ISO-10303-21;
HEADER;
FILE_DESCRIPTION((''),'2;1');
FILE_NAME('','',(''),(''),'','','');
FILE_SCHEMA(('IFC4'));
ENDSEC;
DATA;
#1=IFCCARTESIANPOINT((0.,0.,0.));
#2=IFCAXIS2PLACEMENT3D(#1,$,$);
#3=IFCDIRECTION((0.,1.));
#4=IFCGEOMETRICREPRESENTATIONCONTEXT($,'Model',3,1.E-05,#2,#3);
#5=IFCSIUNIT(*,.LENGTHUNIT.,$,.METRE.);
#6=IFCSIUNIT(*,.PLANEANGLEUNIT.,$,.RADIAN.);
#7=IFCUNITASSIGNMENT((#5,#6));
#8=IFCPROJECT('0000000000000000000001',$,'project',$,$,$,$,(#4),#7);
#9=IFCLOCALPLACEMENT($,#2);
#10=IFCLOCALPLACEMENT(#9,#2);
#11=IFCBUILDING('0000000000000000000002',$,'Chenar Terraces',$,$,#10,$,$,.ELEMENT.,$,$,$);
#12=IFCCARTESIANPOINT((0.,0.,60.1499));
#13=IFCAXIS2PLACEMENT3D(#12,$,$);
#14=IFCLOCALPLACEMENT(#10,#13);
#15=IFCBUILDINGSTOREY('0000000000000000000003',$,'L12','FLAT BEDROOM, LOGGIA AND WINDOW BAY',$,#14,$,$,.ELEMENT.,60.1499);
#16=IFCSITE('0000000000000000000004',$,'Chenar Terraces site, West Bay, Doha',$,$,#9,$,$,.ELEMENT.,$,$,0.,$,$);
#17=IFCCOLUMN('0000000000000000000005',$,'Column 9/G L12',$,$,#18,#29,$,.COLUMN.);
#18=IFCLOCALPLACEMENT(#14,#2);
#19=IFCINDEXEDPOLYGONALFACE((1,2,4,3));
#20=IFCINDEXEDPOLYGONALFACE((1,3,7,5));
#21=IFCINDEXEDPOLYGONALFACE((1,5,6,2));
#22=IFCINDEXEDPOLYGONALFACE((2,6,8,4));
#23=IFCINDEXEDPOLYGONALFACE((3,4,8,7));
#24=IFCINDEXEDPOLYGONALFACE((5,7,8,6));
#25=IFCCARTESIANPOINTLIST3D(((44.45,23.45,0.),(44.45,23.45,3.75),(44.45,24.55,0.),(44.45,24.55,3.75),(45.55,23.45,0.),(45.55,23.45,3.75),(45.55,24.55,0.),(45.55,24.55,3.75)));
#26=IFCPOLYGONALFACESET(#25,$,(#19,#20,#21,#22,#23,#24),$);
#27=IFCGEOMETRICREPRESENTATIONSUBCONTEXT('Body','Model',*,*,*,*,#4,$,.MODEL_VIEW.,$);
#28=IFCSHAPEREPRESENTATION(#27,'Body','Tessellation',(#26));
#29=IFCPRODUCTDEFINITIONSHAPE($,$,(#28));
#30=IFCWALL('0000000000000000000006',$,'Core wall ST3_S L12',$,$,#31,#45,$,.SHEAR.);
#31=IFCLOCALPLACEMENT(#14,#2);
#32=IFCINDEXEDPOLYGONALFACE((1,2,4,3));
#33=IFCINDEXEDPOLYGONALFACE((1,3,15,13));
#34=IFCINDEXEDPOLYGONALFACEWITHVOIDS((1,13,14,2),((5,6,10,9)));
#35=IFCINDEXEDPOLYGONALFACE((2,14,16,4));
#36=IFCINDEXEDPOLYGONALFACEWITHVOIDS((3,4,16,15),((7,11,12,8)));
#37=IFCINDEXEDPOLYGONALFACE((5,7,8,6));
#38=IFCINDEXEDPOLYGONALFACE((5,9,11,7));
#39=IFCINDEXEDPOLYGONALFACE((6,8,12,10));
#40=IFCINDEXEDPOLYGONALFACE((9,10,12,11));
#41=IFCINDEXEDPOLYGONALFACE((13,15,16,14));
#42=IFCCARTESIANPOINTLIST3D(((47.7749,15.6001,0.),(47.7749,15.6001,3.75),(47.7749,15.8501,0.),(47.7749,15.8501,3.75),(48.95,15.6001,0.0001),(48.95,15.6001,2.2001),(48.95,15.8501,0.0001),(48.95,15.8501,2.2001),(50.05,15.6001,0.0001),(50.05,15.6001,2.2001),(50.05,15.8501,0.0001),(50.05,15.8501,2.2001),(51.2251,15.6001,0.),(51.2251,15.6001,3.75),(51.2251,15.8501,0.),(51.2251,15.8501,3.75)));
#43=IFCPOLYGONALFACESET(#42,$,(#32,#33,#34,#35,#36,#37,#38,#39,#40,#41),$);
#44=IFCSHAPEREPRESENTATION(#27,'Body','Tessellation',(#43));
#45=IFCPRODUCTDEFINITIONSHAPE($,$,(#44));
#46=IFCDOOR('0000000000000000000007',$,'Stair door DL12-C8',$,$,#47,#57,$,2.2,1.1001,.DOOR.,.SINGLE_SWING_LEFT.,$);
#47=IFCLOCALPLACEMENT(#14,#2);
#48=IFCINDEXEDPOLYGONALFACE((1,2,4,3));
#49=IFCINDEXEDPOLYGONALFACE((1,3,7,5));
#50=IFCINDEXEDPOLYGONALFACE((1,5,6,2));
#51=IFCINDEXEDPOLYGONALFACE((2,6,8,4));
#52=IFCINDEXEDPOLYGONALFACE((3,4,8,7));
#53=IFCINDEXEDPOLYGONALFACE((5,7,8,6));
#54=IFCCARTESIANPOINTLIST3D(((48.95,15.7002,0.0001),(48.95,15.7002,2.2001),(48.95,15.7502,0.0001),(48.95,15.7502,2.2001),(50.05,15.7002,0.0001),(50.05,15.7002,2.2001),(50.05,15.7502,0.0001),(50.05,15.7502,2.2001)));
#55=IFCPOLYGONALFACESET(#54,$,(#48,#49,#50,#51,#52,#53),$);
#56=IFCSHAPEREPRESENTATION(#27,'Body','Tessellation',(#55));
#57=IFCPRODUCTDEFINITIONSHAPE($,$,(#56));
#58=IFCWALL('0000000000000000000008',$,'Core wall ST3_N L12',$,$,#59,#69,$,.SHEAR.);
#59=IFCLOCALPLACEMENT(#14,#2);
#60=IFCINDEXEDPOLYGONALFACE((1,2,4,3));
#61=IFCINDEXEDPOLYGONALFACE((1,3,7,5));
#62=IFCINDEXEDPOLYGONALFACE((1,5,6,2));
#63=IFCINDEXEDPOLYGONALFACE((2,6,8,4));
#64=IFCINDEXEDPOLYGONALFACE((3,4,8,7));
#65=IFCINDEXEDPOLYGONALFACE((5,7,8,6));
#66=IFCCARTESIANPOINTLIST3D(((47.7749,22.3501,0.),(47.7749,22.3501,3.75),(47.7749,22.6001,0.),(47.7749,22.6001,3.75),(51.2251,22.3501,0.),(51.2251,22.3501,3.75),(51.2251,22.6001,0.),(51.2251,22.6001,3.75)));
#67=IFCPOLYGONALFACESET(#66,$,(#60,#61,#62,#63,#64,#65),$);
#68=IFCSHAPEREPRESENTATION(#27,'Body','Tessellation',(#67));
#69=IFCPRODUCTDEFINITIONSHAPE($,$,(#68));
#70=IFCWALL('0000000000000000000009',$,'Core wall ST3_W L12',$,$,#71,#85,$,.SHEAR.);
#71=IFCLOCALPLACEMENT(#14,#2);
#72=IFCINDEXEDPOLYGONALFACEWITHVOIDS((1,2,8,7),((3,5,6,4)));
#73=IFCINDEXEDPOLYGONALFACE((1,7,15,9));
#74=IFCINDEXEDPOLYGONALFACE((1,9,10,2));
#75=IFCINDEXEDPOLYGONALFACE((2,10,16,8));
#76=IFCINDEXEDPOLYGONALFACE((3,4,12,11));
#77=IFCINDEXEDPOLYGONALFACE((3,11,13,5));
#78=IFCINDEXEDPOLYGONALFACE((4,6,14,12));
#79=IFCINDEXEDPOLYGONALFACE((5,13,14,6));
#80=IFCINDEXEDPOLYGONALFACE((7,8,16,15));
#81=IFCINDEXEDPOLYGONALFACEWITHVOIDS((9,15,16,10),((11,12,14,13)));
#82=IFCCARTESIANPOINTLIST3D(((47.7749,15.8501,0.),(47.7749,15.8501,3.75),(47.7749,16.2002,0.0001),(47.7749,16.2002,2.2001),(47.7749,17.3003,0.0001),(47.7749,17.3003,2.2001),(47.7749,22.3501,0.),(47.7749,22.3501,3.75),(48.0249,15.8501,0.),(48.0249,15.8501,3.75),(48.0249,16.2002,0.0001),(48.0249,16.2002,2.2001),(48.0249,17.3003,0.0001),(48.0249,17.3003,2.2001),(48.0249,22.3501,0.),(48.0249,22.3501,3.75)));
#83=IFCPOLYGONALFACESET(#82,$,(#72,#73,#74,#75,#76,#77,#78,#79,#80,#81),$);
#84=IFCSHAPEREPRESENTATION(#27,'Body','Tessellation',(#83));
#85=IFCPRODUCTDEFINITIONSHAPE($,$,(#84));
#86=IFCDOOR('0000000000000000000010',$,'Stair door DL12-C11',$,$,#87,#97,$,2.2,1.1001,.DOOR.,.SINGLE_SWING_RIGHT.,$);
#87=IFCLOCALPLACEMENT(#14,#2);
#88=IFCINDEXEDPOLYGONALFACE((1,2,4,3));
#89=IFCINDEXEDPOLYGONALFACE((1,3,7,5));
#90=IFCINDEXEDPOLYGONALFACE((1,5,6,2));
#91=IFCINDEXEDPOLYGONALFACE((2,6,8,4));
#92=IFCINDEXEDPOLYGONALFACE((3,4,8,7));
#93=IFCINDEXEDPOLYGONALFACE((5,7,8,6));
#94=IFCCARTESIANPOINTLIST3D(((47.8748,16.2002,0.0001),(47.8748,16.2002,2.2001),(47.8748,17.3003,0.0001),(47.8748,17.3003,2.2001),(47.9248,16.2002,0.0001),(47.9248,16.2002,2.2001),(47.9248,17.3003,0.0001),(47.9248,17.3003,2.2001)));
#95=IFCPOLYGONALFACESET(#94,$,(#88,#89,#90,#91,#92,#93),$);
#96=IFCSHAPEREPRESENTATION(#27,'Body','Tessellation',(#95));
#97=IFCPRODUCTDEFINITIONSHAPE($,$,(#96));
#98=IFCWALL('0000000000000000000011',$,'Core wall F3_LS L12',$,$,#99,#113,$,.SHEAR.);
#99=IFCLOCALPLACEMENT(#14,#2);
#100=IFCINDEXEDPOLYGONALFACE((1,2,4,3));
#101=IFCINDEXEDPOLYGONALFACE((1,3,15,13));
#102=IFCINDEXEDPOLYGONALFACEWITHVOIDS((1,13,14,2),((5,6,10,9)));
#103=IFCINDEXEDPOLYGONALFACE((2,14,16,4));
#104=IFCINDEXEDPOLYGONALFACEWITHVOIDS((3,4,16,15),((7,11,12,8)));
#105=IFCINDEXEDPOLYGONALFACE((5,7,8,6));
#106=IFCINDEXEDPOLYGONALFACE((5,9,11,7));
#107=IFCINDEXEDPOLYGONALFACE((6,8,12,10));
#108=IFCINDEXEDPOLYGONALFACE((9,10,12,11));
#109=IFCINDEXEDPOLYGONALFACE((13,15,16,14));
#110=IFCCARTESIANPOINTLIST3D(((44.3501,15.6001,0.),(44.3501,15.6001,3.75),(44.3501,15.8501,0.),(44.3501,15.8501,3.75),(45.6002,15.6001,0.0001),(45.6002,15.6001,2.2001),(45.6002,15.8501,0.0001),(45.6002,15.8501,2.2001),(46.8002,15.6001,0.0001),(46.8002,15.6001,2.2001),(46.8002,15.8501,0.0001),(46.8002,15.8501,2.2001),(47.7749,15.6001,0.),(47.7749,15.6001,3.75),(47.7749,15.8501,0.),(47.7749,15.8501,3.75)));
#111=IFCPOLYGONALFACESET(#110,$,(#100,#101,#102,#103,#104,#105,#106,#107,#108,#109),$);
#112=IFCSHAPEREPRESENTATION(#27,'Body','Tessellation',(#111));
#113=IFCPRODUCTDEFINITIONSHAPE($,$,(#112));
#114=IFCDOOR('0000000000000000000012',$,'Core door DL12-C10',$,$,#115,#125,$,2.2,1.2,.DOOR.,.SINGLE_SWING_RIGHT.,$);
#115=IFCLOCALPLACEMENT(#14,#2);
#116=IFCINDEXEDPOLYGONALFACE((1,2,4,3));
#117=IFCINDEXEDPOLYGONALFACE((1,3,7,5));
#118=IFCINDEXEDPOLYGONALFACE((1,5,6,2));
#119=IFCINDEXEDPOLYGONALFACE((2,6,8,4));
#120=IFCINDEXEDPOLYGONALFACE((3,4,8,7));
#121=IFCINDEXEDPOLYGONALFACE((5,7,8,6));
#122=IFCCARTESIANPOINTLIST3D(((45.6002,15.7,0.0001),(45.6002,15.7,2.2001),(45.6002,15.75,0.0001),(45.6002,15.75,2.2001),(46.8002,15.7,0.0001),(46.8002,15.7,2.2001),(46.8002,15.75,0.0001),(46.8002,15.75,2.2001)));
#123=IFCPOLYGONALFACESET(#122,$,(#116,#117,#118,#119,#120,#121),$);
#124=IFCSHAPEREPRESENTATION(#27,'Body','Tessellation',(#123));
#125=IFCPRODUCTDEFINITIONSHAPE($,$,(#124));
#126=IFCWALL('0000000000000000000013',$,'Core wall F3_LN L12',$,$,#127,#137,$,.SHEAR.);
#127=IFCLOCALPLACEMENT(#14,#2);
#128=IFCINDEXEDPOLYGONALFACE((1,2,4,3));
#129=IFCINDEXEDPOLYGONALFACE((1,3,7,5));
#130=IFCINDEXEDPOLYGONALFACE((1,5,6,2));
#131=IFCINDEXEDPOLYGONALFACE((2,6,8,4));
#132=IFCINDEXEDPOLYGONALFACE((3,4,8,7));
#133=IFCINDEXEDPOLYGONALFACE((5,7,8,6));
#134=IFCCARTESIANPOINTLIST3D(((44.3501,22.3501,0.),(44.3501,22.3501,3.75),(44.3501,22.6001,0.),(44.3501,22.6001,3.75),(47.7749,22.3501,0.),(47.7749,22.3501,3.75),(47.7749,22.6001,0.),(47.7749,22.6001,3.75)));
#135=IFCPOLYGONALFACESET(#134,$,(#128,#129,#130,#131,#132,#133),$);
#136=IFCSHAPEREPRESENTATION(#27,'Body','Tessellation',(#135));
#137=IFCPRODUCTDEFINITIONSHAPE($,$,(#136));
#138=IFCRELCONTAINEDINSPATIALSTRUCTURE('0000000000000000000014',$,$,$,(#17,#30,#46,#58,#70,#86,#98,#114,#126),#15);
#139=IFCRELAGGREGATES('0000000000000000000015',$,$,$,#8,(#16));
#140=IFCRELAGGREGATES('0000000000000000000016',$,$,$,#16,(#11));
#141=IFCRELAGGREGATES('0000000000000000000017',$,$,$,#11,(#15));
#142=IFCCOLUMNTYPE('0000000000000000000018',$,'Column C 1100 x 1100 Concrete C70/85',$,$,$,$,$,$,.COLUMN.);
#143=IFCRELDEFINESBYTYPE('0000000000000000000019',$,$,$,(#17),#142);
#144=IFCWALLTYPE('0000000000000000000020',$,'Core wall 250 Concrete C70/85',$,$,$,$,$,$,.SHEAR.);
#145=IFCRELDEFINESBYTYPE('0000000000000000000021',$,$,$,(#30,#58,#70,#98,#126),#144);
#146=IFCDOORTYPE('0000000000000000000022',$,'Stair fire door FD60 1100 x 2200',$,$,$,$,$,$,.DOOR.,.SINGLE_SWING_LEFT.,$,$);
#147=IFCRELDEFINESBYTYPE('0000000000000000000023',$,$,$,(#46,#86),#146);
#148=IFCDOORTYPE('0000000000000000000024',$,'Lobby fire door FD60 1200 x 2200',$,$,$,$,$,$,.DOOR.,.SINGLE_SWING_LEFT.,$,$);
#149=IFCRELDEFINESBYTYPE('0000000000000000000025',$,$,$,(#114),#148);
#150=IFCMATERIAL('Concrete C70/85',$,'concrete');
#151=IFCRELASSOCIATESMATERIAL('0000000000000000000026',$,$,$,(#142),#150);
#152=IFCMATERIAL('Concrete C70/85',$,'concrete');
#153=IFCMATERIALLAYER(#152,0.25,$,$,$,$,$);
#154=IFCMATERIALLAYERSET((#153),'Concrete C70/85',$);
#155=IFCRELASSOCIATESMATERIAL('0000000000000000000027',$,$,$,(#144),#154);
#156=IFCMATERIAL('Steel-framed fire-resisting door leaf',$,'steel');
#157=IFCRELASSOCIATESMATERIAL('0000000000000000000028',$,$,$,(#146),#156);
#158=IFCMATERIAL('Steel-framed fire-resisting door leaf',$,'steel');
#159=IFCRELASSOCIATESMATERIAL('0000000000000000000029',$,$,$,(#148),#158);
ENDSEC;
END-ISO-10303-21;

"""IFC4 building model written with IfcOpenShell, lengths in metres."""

from ifc_helpers import new_model, si_unit, direction, frame, frame_2d, origin, origin_2d, place, context, subcontext, project, spatial, rectangle, extrude, material, layer, layer_set, material_profile, profile_set, type_object, element, fill, save


model = new_model("IFC4")

# Units and contexts
model_context = context("Model", 3, precision=1e-05, world=origin(), true_north=direction((0.0, 1.0)))
body_context = subcontext(model_context, "Body", "Model", "MODEL_VIEW")
ifc_project = project(units=[si_unit("LENGTHUNIT", "METRE"), si_unit("PLANEANGLEUNIT", "RADIAN")], contexts=[model_context])

# Site, building, storey
site_placement = place(None, origin())
site = spatial("IfcSite", under=ifc_project, at=site_placement, Name="Chenar Terraces site, West Bay, Doha", CompositionType="ELEMENT", RefElevation=0.0)
building_placement = place(site_placement, origin())
building = spatial("IfcBuilding", under=site, at=building_placement, Name="Chenar Terraces", CompositionType="ELEMENT")
storey_placement = place(building_placement, frame((0.0, 0.0, 60.1499)))
storey = spatial("IfcBuildingStorey", under=building, at=storey_placement, Name="L12", Description="FLAT BEDROOM, LOGGIA AND WINDOW BAY", CompositionType="ELEMENT", Elevation=60.1499)

# Column
ifc_material_1 = material(Name="Concrete C70/85", Category="concrete")
ifc_material_profile = material_profile(ifc_material_1, rectangle(XDim=1.1001, YDim=1.1001, at=origin_2d()), Name="C 1100 x 1100")
ifc_profile_set = profile_set([ifc_material_profile], Name="Concrete C70/85")
column_type = type_object("IfcColumnType", Name="Column C 1100 x 1100 Concrete C70/85", PredefinedType="COLUMN", material=ifc_profile_set)
column_placement = place(storey_placement, frame((45.0, 24.0, 0.0), z_axis=(0.0, 0.0, 1.0), x_axis=(1.0, 0.0, 0.0)))
element("IfcColumn", 1, at=column_placement, inside=storey, type_object=column_type, Name="Column 9/G L12", PredefinedType="COLUMN", context=body_context, shape_type="SweptSolid", body=[
    extrude(rectangle(XDim=1.1001, YDim=1.1001, at=origin_2d()), origin(), (0.0, 0.0, 1.0), 3.75),
])

# Wall, opening, door
ifc_material_2 = material(Name="Concrete C70/85", Category="concrete")
ifc_layer_1 = layer(ifc_material_2, 0.25)
ifc_layer_set_1 = layer_set([ifc_layer_1], Name="Concrete C70/85")
wall_type_1 = type_object("IfcWallType", Name="Core wall 250 Concrete C70/85", PredefinedType="SHEAR", material=ifc_layer_set_1)
wall_1_placement = place(storey_placement, frame((47.7749, 15.7251, 0.0), z_axis=(0.0, 0.0, 1.0), x_axis=(1.0, 0.0, 0.0)))
wall_1 = element("IfcWall", 2, at=wall_1_placement, inside=storey, type_object=wall_type_1, Name="Core wall ST3_S L12", PredefinedType="SHEAR", context=body_context, shape_type="SweptSolid", body=[
    extrude(rectangle(XDim=3.4502, YDim=0.25, at=frame_2d((1.7251, 0.0))), origin(), (0.0, 0.0, 1.0), 3.75),
])
opening_1_placement = place(wall_1_placement, frame((1.175, 0.0, 0.0)))
opening_1 = element("IfcOpeningElement", 3, at=opening_1_placement, cuts=wall_1, PredefinedType="OPENING", context=body_context, shape_type="SweptSolid", body=[
    extrude(rectangle(XDim=1.1001, YDim=2.2, at=frame_2d((0.55, 1.1001))), frame((0.0, 0.135, 0.0), z_axis=(0.0, -1.0, 0.0), x_axis=(1.0, 0.0, 0.0)), (0.0, 0.0, 1.0), 0.27),
])
ifc_material_3 = material(Name="Steel-framed fire-resisting door leaf", Category="steel")
door_type_1 = type_object("IfcDoorType", Name="Stair fire door FD60 1100 x 2200", OperationType="SINGLE_SWING_LEFT", PredefinedType="DOOR", material=ifc_material_3)
door_1_placement = place(opening_1_placement, frame((1.1001, 0.0, 0.0), z_axis=(0.0, 0.0, 1.0), x_axis=(-1.0, 0.0, 0.0)))
door_1 = element("IfcDoor", 4, at=door_1_placement, inside=storey, type_object=door_type_1, Name="Stair door DL12-C8", OperationType="SINGLE_SWING_LEFT", OverallHeight=2.2, OverallWidth=1.1001, PredefinedType="DOOR", context=body_context, shape_type="SweptSolid", body=[
    extrude(rectangle(XDim=1.1001, YDim=2.2, at=frame_2d((0.55, 1.1001))), frame((0.0, 0.0249, 0.0), z_axis=(0.0, -1.0, 0.0), x_axis=(1.0, 0.0, 0.0)), (0.0, 0.0, 1.0), 0.05),
])
fill(opening_1, door_1)

# Wall
wall_2_placement = place(storey_placement, frame((47.7749, 22.4751, 0.0), z_axis=(0.0, 0.0, 1.0), x_axis=(1.0, 0.0, 0.0)))
element("IfcWall", 5, at=wall_2_placement, inside=storey, type_object=wall_type_1, Name="Core wall ST3_N L12", PredefinedType="SHEAR", context=body_context, shape_type="SweptSolid", body=[
    extrude(rectangle(XDim=3.4502, YDim=0.25, at=frame_2d((1.7251, 0.0))), origin(), (0.0, 0.0, 1.0), 3.75),
])

# Walls, openings, doors
wall_3_placement = place(storey_placement, frame((47.8999, 15.8501, 0.0), z_axis=(0.0, 0.0, 1.0), x_axis=(0.0, 1.0, 0.0)))
wall_3 = element("IfcWall", 6, at=wall_3_placement, inside=storey, type_object=wall_type_1, Name="Core wall ST3_W L12", PredefinedType="SHEAR", context=body_context, shape_type="SweptSolid", body=[
    extrude(rectangle(XDim=6.5, YDim=0.25, at=frame_2d((3.25, 0.0))), origin(), (0.0, 0.0, 1.0), 3.75),
])
opening_2_placement = place(wall_3_placement, frame((0.3501, 0.0, 0.0)))
opening_2 = element("IfcOpeningElement", 7, at=opening_2_placement, cuts=wall_3, PredefinedType="OPENING", context=body_context, shape_type="SweptSolid", body=[
    extrude(rectangle(XDim=1.1001, YDim=2.2, at=frame_2d((0.55, 1.1001))), frame((0.0, 0.135, 0.0), z_axis=(0.0, -1.0, 0.0), x_axis=(1.0, 0.0, 0.0)), (0.0, 0.0, 1.0), 0.27),
])
door_2_placement = place(opening_2_placement, frame((1.1001, 0.0, 0.0), z_axis=(0.0, 0.0, 1.0), x_axis=(-1.0, 0.0, 0.0)))
door_2 = element("IfcDoor", 8, at=door_2_placement, inside=storey, type_object=door_type_1, Name="Stair door DL12-C11", OperationType="SINGLE_SWING_RIGHT", OverallHeight=2.2, OverallWidth=1.1001, PredefinedType="DOOR", context=body_context, shape_type="SweptSolid", body=[
    extrude(rectangle(XDim=1.1001, YDim=2.2, at=frame_2d((0.55, 1.1001))), frame((0.0, 0.0249, 0.0), z_axis=(0.0, -1.0, 0.0), x_axis=(1.0, 0.0, 0.0)), (0.0, 0.0, 1.0), 0.05),
])
fill(opening_2, door_2)
wall_4_placement = place(storey_placement, frame((44.3501, 15.7251, 0.0), z_axis=(0.0, 0.0, 1.0), x_axis=(1.0, 0.0, 0.0)))
wall_4 = element("IfcWall", 9, at=wall_4_placement, inside=storey, type_object=wall_type_1, Name="Core wall F3_LS L12", PredefinedType="SHEAR", context=body_context, shape_type="SweptSolid", body=[
    extrude(rectangle(XDim=3.4248, YDim=0.25, at=frame_2d((1.7124, 0.0))), origin(), (0.0, 0.0, 1.0), 3.75),
])
opening_3_placement = place(wall_4_placement, frame((1.25, 0.0, 0.0)))
opening_3 = element("IfcOpeningElement", 10, at=opening_3_placement, cuts=wall_4, PredefinedType="OPENING", context=body_context, shape_type="SweptSolid", body=[
    extrude(rectangle(XDim=1.2, YDim=2.2, at=frame_2d((0.6001, 1.1001))), frame((0.0, 0.135, 0.0), z_axis=(0.0, -1.0, 0.0), x_axis=(1.0, 0.0, 0.0)), (0.0, 0.0, 1.0), 0.27),
])
ifc_material_4 = material(Name="Steel-framed fire-resisting door leaf", Category="steel")
door_type_2 = type_object("IfcDoorType", Name="Lobby fire door FD60 1200 x 2200", OperationType="SINGLE_SWING_LEFT", PredefinedType="DOOR", material=ifc_material_4)
door_3_placement = place(opening_3_placement, origin())
door_3 = element("IfcDoor", 11, at=door_3_placement, inside=storey, type_object=door_type_2, Name="Core door DL12-C10", OperationType="SINGLE_SWING_RIGHT", OverallHeight=2.2, OverallWidth=1.2, PredefinedType="DOOR", context=body_context, shape_type="SweptSolid", body=[
    extrude(rectangle(XDim=1.2, YDim=2.2, at=frame_2d((0.6001, 1.1001))), frame((0.0, 0.0249, 0.0), z_axis=(0.0, -1.0, 0.0), x_axis=(1.0, 0.0, 0.0)), (0.0, 0.0, 1.0), 0.05),
])
fill(opening_3, door_3)

# Wall
wall_5_placement = place(storey_placement, frame((44.3501, 22.4751, 0.0), z_axis=(0.0, 0.0, 1.0), x_axis=(1.0, 0.0, 0.0)))
element("IfcWall", 12, at=wall_5_placement, inside=storey, type_object=wall_type_1, Name="Core wall F3_LN L12", PredefinedType="SHEAR", context=body_context, shape_type="SweptSolid", body=[
    extrude(rectangle(XDim=3.4248, YDim=0.25, at=frame_2d((1.7124, 0.0))), origin(), (0.0, 0.0, 1.0), 3.75),
])

save(model, "model.ifc")
